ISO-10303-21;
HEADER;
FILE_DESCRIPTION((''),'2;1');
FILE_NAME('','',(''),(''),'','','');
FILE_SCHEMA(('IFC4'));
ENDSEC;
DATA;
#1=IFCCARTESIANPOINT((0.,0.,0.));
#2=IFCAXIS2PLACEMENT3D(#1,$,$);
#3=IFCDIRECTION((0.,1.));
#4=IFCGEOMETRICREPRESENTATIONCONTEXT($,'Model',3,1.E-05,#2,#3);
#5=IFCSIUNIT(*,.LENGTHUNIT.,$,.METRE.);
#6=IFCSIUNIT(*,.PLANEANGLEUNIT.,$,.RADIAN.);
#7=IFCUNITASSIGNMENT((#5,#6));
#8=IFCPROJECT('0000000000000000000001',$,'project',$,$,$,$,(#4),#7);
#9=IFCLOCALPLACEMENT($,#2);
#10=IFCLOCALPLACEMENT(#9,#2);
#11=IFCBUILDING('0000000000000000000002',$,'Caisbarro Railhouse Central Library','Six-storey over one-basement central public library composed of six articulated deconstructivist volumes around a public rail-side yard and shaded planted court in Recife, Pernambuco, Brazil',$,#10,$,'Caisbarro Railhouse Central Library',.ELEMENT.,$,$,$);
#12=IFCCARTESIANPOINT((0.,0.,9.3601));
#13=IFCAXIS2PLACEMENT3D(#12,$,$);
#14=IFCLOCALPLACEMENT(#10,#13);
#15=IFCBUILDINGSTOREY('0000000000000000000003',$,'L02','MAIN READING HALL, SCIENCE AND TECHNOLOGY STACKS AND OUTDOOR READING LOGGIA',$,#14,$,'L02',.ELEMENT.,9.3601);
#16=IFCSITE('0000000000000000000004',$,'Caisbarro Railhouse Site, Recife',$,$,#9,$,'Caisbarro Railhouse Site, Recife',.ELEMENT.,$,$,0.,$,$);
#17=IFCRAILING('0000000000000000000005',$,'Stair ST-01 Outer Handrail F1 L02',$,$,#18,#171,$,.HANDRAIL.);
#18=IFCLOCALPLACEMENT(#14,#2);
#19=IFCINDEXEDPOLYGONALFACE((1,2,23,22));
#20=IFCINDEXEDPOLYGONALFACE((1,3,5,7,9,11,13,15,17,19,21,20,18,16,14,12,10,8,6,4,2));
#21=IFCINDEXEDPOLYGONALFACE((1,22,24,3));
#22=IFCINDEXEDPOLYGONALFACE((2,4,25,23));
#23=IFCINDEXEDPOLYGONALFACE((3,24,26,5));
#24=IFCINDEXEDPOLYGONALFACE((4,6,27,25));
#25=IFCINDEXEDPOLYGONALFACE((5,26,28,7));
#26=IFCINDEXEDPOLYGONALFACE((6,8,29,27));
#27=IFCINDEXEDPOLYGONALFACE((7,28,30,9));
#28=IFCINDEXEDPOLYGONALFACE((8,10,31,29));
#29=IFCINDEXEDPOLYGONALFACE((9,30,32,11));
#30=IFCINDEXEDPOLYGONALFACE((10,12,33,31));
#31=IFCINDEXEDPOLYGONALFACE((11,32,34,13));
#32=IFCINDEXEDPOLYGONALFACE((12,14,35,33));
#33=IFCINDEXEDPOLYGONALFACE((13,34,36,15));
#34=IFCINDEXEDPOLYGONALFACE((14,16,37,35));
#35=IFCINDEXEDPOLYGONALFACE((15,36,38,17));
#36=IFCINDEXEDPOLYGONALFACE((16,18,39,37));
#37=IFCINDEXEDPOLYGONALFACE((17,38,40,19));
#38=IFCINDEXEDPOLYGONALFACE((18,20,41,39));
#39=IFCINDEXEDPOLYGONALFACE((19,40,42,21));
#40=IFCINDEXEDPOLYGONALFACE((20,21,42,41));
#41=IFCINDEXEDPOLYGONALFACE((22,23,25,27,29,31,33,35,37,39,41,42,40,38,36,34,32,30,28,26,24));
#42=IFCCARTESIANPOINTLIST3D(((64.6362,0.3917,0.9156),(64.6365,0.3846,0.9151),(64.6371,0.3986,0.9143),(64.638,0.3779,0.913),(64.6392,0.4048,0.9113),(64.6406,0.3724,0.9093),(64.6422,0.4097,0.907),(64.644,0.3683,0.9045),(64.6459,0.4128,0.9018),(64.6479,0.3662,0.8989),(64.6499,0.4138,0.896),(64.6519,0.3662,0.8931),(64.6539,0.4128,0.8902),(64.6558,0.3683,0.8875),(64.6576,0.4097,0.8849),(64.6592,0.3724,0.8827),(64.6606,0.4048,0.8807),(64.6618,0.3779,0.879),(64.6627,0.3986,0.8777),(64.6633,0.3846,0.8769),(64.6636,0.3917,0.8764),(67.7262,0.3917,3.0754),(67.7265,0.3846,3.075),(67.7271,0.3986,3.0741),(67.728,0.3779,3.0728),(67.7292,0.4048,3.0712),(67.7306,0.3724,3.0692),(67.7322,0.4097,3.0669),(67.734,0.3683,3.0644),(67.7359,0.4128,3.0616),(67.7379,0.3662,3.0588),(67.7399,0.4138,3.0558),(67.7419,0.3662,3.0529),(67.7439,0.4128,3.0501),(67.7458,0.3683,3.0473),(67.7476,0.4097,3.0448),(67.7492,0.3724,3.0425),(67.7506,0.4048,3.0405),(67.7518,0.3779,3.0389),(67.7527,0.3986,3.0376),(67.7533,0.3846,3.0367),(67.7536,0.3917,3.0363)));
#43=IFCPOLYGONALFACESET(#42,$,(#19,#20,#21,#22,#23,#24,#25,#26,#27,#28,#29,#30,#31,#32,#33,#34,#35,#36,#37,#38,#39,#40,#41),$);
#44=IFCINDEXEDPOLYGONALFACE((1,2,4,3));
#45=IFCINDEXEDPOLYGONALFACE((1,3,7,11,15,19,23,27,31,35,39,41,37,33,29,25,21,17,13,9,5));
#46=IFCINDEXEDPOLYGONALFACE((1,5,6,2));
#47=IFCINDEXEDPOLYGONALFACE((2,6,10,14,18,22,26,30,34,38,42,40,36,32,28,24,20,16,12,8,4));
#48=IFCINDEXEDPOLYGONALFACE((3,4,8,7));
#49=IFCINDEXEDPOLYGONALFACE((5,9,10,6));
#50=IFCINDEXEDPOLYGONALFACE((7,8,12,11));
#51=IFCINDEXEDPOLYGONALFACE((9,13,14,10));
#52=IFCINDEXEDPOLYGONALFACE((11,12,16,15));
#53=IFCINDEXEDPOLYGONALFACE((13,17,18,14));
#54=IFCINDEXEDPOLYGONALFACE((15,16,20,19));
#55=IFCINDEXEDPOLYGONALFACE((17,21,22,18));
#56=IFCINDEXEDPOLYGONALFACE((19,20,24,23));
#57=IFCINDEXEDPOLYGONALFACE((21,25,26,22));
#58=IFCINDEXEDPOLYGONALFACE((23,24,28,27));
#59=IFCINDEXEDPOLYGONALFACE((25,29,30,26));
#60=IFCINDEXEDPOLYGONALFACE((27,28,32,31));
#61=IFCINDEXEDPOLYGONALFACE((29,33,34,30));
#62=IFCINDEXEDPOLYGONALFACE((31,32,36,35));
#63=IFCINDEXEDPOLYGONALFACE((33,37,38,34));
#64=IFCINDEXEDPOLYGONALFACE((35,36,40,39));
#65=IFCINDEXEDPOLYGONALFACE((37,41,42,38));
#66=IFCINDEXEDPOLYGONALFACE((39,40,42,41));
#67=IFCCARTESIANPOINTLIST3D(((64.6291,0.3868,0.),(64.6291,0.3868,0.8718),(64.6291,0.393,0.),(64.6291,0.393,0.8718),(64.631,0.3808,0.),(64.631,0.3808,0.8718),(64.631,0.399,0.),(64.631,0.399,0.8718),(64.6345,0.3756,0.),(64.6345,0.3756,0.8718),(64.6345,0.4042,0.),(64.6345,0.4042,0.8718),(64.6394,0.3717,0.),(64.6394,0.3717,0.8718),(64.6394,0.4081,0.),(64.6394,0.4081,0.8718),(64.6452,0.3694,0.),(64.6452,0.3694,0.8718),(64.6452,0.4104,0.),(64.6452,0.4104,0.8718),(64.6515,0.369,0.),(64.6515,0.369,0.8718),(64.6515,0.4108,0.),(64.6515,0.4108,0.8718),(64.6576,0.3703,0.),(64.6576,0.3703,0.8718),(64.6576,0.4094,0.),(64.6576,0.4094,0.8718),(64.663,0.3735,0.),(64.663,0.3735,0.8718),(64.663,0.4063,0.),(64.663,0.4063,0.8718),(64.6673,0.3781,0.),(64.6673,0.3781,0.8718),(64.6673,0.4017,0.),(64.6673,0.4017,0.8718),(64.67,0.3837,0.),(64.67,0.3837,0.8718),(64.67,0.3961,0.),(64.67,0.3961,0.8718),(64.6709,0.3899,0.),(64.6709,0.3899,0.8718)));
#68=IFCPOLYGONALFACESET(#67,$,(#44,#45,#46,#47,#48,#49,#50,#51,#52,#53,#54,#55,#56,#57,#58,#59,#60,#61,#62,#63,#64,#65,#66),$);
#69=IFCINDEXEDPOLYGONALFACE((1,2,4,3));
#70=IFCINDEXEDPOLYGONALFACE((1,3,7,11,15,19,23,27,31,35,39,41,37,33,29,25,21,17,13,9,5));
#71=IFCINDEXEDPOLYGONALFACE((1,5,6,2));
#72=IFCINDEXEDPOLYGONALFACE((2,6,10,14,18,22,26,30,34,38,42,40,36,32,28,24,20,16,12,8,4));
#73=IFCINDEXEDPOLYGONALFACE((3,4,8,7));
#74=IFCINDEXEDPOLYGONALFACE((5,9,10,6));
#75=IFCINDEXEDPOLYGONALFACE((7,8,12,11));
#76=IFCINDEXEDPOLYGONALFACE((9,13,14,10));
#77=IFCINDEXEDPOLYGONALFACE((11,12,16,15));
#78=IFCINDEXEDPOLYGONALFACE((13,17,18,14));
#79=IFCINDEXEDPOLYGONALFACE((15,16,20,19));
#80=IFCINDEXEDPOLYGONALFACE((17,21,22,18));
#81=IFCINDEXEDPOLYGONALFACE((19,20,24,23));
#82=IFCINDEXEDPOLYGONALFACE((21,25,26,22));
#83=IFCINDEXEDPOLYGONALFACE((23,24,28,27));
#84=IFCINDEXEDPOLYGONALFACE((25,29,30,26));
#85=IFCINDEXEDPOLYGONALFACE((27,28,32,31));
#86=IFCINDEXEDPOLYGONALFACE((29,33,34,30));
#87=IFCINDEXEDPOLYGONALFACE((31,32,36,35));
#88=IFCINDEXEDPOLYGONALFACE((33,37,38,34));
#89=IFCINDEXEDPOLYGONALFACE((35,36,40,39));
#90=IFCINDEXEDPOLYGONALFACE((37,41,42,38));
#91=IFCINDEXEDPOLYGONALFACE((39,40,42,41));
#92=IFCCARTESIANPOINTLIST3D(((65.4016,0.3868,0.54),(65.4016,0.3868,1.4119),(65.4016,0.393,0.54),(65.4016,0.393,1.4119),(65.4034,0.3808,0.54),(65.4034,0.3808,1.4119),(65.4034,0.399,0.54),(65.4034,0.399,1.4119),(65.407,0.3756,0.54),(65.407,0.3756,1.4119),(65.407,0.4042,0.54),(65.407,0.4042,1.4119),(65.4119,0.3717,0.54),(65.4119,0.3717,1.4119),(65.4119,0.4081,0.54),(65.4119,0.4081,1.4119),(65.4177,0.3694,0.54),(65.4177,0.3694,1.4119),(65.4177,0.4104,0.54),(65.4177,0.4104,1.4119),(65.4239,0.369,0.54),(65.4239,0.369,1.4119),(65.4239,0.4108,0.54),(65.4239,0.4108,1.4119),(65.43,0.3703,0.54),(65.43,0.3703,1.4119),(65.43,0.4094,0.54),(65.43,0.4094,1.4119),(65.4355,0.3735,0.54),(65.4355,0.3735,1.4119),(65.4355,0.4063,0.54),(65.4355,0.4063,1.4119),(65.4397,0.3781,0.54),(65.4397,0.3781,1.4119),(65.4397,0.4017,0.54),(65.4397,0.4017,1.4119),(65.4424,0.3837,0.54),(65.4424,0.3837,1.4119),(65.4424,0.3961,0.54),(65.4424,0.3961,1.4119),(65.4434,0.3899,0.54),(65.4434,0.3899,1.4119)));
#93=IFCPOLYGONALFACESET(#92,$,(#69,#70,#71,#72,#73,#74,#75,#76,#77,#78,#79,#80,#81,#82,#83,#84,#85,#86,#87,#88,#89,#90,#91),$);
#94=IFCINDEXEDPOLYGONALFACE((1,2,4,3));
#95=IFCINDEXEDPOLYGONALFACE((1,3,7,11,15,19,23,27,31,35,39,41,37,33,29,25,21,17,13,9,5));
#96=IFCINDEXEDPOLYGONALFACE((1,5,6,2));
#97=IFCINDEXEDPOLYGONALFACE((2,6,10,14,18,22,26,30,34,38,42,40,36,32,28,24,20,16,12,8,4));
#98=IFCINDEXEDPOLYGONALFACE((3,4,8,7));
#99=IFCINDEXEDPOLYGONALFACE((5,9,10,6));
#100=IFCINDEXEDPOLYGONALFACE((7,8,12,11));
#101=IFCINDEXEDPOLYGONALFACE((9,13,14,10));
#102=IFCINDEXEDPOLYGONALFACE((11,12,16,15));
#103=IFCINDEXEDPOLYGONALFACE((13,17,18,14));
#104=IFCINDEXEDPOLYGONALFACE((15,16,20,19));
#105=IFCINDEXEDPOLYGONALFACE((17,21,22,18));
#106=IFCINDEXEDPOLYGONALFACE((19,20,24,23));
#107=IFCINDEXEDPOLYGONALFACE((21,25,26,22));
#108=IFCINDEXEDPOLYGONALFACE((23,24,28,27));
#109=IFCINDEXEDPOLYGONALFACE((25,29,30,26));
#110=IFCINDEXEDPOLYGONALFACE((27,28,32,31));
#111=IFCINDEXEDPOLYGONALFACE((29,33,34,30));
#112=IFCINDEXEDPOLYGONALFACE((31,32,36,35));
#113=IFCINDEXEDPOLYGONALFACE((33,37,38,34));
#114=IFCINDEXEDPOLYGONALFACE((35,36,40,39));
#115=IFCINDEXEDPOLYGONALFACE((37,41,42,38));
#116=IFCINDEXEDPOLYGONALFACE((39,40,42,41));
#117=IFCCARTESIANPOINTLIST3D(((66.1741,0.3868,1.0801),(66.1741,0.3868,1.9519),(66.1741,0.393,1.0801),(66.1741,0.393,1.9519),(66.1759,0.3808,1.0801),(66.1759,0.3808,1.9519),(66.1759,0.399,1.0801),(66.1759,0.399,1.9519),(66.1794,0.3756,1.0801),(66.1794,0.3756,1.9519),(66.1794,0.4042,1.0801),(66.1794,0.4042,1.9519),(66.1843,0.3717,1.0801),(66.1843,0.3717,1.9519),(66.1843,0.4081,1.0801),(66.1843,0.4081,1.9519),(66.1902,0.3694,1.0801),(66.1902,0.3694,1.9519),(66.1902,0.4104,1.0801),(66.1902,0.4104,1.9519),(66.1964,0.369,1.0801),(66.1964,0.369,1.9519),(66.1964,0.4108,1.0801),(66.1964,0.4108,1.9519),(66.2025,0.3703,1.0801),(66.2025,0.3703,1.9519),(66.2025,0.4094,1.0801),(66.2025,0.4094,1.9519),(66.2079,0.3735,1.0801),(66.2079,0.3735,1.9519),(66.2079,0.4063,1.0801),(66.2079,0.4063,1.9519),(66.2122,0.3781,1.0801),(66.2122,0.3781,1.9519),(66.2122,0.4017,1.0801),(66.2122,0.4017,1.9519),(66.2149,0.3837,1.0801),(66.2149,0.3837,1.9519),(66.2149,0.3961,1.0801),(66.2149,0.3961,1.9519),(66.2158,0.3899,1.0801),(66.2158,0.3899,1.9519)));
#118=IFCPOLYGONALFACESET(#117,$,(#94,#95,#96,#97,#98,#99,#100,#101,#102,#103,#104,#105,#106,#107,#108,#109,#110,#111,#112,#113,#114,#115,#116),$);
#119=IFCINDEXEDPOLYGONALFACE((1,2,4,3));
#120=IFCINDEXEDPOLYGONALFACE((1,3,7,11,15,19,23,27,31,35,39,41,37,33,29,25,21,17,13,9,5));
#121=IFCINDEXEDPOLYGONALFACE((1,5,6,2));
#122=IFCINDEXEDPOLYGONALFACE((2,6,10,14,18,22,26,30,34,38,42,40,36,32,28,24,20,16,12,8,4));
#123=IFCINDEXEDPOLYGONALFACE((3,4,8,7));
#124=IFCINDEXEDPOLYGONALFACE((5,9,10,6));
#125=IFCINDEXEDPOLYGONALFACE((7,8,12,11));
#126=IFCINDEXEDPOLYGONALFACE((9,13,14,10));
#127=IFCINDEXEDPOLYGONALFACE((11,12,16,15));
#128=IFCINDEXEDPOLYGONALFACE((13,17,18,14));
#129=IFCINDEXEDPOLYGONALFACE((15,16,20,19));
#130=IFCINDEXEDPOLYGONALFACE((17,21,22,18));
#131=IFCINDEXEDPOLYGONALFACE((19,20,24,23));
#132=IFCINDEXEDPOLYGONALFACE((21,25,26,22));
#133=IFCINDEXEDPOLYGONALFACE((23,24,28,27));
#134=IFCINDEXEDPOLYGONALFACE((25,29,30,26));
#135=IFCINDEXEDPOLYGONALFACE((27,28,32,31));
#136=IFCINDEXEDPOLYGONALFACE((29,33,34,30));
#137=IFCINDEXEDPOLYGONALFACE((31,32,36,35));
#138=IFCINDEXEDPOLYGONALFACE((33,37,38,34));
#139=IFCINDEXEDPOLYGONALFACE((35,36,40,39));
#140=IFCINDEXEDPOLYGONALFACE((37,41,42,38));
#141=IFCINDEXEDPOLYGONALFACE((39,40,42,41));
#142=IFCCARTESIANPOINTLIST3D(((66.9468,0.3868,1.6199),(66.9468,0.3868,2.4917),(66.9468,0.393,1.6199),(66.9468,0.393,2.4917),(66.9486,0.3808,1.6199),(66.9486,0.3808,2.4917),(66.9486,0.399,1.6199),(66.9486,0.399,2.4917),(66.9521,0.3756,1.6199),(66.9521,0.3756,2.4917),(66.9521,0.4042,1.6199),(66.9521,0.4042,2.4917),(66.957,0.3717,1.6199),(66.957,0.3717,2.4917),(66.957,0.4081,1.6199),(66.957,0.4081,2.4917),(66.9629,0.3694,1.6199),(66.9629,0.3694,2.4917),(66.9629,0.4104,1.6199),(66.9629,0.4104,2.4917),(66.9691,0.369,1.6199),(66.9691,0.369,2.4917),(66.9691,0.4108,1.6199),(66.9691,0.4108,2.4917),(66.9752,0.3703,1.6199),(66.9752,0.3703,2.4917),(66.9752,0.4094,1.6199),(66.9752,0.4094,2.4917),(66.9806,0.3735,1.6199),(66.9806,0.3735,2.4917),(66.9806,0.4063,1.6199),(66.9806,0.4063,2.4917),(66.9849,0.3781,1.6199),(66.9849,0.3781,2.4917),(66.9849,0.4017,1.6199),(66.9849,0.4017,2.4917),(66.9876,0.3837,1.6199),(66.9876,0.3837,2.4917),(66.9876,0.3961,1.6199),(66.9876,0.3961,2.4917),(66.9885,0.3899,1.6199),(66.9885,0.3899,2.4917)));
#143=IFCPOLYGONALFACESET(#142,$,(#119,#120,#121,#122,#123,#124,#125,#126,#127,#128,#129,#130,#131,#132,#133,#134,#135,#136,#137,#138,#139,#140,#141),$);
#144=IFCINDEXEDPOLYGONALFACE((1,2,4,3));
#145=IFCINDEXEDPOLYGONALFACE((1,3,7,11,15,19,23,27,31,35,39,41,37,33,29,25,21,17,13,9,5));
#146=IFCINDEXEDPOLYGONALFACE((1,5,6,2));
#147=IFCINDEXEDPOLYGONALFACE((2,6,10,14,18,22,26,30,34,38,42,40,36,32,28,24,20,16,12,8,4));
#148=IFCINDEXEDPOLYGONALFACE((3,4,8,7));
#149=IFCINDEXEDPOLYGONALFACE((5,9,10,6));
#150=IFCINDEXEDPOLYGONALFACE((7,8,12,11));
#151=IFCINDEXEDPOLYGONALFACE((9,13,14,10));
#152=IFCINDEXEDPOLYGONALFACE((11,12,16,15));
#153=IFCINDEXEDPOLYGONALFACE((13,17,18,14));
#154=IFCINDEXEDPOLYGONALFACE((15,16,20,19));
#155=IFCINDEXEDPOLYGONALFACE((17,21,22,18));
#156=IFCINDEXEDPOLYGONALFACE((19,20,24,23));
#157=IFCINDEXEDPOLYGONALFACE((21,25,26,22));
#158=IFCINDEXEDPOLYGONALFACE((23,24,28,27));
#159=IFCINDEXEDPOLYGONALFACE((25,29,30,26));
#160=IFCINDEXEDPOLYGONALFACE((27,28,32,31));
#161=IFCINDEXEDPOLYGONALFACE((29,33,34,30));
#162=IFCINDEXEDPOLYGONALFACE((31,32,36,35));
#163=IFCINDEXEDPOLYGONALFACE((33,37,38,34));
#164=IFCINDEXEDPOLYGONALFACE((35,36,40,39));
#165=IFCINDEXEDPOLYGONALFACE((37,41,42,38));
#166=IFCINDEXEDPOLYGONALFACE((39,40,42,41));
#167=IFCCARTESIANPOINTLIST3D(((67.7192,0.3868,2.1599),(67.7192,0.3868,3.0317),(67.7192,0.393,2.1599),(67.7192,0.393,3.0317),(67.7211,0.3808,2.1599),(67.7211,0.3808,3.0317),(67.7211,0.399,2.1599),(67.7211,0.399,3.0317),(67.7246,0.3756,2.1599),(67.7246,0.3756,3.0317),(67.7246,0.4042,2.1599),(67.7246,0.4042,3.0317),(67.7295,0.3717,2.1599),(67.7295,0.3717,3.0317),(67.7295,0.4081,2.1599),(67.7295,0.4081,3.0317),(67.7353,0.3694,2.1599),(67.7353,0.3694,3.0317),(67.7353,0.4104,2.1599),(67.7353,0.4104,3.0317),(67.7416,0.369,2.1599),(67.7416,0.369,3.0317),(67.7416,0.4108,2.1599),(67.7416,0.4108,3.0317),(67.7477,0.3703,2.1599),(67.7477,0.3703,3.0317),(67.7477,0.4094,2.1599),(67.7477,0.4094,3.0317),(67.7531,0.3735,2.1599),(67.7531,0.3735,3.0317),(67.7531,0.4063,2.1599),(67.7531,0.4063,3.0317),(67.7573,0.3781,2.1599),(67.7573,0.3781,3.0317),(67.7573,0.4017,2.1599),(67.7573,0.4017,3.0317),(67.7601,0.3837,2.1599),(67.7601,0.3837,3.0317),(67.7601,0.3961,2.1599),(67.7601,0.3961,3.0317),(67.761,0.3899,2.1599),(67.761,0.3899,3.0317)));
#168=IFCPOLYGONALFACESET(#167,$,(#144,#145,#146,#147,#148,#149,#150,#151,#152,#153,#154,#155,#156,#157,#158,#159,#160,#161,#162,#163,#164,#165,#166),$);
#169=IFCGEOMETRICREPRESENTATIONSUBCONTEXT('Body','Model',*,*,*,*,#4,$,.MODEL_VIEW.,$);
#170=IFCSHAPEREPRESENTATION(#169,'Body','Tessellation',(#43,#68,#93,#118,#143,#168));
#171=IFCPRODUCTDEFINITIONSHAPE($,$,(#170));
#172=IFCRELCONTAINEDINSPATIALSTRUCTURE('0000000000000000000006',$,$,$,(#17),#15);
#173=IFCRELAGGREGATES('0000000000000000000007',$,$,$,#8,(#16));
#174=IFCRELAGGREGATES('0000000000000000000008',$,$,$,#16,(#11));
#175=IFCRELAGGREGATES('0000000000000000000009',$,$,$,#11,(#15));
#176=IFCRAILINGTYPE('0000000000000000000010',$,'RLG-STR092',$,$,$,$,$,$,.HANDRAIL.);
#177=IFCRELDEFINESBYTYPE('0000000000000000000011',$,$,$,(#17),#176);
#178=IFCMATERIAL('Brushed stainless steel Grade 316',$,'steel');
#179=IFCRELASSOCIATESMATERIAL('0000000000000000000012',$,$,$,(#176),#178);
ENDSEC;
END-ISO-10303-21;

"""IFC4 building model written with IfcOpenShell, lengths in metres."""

from ifc_helpers import new_model, si_unit, direction, frame, origin, origin_2d, place, context, subcontext, project, spatial, circle, extrude, material, type_object, element, save


model = new_model("IFC4")

# Units and contexts
model_context = context("Model", 3, precision=1e-05, world=origin(), true_north=direction((0.0, 1.0)))
body_context = subcontext(model_context, "Body", "Model", "MODEL_VIEW")
ifc_project = project(units=[si_unit("LENGTHUNIT", "METRE"), si_unit("PLANEANGLEUNIT", "RADIAN")], contexts=[model_context])

# Site, building, storey
site_placement = place(None, origin())
site = spatial("IfcSite", under=ifc_project, at=site_placement, Name="Caisbarro Railhouse Site, Recife", LongName="Caisbarro Railhouse Site, Recife", CompositionType="ELEMENT", RefElevation=0.0)
building_placement = place(site_placement, origin())
building = spatial("IfcBuilding", under=site, at=building_placement, Name="Caisbarro Railhouse Central Library", Description="Six-storey over one-basement central public library composed of six articulated deconstructivist volumes around a public rail-side yard and shaded planted court in Recife, Pernambuco, Brazil", LongName="Caisbarro Railhouse Central Library", CompositionType="ELEMENT")
storey_placement = place(building_placement, frame((0.0, 0.0, 9.3601)))
storey = spatial("IfcBuildingStorey", under=building, at=storey_placement, Name="L02", Description="MAIN READING HALL, SCIENCE AND TECHNOLOGY STACKS AND OUTDOOR READING LOGGIA", LongName="L02", CompositionType="ELEMENT", Elevation=9.3601)

# Railing
ifc_material_1 = material(Name="Brushed stainless steel Grade 316", Category="steel")
railing_type_1 = type_object("IfcRailingType", Name="RLG-STR092", PredefinedType="HANDRAIL", material=ifc_material_1)
railing_1_placement = place(storey_placement, frame((64.6499, 0.3899, 0.0)))
element("IfcRailing", 1, at=railing_1_placement, inside=storey, type_object=railing_type_1, Name="Stair ST-01 Outer Handrail F1 L02", PredefinedType="HANDRAIL", context=body_context, shape_type="SweptSolid", body=[
    extrude(circle(Radius=0.0239, at=origin_2d()), frame((0.0, 0.0, 0.896), z_axis=(0.819624, 0.0, 0.572902), x_axis=(0.0, 1.0, 0.0)), (0.0, 0.0, 1.0), 3.77),
    extrude(circle(Radius=0.021, at=origin_2d()), origin(), (0.0, 0.0, 1.0), 0.8718),
    extrude(circle(Radius=0.021, at=origin_2d()), frame((0.7725, 0.0, 0.54)), (0.0, 0.0, 1.0), 0.8718),
    extrude(circle(Radius=0.021, at=origin_2d()), frame((1.5449, 0.0, 1.0801)), (0.0, 0.0, 1.0), 0.8718),
    extrude(circle(Radius=0.021, at=origin_2d()), frame((2.3176, 0.0, 1.6199)), (0.0, 0.0, 1.0), 0.8718),
    extrude(circle(Radius=0.021, at=origin_2d()), frame((3.0901, 0.0, 2.1599)), (0.0, 0.0, 1.0), 0.8718),
])

save(model, "model.ifc")
